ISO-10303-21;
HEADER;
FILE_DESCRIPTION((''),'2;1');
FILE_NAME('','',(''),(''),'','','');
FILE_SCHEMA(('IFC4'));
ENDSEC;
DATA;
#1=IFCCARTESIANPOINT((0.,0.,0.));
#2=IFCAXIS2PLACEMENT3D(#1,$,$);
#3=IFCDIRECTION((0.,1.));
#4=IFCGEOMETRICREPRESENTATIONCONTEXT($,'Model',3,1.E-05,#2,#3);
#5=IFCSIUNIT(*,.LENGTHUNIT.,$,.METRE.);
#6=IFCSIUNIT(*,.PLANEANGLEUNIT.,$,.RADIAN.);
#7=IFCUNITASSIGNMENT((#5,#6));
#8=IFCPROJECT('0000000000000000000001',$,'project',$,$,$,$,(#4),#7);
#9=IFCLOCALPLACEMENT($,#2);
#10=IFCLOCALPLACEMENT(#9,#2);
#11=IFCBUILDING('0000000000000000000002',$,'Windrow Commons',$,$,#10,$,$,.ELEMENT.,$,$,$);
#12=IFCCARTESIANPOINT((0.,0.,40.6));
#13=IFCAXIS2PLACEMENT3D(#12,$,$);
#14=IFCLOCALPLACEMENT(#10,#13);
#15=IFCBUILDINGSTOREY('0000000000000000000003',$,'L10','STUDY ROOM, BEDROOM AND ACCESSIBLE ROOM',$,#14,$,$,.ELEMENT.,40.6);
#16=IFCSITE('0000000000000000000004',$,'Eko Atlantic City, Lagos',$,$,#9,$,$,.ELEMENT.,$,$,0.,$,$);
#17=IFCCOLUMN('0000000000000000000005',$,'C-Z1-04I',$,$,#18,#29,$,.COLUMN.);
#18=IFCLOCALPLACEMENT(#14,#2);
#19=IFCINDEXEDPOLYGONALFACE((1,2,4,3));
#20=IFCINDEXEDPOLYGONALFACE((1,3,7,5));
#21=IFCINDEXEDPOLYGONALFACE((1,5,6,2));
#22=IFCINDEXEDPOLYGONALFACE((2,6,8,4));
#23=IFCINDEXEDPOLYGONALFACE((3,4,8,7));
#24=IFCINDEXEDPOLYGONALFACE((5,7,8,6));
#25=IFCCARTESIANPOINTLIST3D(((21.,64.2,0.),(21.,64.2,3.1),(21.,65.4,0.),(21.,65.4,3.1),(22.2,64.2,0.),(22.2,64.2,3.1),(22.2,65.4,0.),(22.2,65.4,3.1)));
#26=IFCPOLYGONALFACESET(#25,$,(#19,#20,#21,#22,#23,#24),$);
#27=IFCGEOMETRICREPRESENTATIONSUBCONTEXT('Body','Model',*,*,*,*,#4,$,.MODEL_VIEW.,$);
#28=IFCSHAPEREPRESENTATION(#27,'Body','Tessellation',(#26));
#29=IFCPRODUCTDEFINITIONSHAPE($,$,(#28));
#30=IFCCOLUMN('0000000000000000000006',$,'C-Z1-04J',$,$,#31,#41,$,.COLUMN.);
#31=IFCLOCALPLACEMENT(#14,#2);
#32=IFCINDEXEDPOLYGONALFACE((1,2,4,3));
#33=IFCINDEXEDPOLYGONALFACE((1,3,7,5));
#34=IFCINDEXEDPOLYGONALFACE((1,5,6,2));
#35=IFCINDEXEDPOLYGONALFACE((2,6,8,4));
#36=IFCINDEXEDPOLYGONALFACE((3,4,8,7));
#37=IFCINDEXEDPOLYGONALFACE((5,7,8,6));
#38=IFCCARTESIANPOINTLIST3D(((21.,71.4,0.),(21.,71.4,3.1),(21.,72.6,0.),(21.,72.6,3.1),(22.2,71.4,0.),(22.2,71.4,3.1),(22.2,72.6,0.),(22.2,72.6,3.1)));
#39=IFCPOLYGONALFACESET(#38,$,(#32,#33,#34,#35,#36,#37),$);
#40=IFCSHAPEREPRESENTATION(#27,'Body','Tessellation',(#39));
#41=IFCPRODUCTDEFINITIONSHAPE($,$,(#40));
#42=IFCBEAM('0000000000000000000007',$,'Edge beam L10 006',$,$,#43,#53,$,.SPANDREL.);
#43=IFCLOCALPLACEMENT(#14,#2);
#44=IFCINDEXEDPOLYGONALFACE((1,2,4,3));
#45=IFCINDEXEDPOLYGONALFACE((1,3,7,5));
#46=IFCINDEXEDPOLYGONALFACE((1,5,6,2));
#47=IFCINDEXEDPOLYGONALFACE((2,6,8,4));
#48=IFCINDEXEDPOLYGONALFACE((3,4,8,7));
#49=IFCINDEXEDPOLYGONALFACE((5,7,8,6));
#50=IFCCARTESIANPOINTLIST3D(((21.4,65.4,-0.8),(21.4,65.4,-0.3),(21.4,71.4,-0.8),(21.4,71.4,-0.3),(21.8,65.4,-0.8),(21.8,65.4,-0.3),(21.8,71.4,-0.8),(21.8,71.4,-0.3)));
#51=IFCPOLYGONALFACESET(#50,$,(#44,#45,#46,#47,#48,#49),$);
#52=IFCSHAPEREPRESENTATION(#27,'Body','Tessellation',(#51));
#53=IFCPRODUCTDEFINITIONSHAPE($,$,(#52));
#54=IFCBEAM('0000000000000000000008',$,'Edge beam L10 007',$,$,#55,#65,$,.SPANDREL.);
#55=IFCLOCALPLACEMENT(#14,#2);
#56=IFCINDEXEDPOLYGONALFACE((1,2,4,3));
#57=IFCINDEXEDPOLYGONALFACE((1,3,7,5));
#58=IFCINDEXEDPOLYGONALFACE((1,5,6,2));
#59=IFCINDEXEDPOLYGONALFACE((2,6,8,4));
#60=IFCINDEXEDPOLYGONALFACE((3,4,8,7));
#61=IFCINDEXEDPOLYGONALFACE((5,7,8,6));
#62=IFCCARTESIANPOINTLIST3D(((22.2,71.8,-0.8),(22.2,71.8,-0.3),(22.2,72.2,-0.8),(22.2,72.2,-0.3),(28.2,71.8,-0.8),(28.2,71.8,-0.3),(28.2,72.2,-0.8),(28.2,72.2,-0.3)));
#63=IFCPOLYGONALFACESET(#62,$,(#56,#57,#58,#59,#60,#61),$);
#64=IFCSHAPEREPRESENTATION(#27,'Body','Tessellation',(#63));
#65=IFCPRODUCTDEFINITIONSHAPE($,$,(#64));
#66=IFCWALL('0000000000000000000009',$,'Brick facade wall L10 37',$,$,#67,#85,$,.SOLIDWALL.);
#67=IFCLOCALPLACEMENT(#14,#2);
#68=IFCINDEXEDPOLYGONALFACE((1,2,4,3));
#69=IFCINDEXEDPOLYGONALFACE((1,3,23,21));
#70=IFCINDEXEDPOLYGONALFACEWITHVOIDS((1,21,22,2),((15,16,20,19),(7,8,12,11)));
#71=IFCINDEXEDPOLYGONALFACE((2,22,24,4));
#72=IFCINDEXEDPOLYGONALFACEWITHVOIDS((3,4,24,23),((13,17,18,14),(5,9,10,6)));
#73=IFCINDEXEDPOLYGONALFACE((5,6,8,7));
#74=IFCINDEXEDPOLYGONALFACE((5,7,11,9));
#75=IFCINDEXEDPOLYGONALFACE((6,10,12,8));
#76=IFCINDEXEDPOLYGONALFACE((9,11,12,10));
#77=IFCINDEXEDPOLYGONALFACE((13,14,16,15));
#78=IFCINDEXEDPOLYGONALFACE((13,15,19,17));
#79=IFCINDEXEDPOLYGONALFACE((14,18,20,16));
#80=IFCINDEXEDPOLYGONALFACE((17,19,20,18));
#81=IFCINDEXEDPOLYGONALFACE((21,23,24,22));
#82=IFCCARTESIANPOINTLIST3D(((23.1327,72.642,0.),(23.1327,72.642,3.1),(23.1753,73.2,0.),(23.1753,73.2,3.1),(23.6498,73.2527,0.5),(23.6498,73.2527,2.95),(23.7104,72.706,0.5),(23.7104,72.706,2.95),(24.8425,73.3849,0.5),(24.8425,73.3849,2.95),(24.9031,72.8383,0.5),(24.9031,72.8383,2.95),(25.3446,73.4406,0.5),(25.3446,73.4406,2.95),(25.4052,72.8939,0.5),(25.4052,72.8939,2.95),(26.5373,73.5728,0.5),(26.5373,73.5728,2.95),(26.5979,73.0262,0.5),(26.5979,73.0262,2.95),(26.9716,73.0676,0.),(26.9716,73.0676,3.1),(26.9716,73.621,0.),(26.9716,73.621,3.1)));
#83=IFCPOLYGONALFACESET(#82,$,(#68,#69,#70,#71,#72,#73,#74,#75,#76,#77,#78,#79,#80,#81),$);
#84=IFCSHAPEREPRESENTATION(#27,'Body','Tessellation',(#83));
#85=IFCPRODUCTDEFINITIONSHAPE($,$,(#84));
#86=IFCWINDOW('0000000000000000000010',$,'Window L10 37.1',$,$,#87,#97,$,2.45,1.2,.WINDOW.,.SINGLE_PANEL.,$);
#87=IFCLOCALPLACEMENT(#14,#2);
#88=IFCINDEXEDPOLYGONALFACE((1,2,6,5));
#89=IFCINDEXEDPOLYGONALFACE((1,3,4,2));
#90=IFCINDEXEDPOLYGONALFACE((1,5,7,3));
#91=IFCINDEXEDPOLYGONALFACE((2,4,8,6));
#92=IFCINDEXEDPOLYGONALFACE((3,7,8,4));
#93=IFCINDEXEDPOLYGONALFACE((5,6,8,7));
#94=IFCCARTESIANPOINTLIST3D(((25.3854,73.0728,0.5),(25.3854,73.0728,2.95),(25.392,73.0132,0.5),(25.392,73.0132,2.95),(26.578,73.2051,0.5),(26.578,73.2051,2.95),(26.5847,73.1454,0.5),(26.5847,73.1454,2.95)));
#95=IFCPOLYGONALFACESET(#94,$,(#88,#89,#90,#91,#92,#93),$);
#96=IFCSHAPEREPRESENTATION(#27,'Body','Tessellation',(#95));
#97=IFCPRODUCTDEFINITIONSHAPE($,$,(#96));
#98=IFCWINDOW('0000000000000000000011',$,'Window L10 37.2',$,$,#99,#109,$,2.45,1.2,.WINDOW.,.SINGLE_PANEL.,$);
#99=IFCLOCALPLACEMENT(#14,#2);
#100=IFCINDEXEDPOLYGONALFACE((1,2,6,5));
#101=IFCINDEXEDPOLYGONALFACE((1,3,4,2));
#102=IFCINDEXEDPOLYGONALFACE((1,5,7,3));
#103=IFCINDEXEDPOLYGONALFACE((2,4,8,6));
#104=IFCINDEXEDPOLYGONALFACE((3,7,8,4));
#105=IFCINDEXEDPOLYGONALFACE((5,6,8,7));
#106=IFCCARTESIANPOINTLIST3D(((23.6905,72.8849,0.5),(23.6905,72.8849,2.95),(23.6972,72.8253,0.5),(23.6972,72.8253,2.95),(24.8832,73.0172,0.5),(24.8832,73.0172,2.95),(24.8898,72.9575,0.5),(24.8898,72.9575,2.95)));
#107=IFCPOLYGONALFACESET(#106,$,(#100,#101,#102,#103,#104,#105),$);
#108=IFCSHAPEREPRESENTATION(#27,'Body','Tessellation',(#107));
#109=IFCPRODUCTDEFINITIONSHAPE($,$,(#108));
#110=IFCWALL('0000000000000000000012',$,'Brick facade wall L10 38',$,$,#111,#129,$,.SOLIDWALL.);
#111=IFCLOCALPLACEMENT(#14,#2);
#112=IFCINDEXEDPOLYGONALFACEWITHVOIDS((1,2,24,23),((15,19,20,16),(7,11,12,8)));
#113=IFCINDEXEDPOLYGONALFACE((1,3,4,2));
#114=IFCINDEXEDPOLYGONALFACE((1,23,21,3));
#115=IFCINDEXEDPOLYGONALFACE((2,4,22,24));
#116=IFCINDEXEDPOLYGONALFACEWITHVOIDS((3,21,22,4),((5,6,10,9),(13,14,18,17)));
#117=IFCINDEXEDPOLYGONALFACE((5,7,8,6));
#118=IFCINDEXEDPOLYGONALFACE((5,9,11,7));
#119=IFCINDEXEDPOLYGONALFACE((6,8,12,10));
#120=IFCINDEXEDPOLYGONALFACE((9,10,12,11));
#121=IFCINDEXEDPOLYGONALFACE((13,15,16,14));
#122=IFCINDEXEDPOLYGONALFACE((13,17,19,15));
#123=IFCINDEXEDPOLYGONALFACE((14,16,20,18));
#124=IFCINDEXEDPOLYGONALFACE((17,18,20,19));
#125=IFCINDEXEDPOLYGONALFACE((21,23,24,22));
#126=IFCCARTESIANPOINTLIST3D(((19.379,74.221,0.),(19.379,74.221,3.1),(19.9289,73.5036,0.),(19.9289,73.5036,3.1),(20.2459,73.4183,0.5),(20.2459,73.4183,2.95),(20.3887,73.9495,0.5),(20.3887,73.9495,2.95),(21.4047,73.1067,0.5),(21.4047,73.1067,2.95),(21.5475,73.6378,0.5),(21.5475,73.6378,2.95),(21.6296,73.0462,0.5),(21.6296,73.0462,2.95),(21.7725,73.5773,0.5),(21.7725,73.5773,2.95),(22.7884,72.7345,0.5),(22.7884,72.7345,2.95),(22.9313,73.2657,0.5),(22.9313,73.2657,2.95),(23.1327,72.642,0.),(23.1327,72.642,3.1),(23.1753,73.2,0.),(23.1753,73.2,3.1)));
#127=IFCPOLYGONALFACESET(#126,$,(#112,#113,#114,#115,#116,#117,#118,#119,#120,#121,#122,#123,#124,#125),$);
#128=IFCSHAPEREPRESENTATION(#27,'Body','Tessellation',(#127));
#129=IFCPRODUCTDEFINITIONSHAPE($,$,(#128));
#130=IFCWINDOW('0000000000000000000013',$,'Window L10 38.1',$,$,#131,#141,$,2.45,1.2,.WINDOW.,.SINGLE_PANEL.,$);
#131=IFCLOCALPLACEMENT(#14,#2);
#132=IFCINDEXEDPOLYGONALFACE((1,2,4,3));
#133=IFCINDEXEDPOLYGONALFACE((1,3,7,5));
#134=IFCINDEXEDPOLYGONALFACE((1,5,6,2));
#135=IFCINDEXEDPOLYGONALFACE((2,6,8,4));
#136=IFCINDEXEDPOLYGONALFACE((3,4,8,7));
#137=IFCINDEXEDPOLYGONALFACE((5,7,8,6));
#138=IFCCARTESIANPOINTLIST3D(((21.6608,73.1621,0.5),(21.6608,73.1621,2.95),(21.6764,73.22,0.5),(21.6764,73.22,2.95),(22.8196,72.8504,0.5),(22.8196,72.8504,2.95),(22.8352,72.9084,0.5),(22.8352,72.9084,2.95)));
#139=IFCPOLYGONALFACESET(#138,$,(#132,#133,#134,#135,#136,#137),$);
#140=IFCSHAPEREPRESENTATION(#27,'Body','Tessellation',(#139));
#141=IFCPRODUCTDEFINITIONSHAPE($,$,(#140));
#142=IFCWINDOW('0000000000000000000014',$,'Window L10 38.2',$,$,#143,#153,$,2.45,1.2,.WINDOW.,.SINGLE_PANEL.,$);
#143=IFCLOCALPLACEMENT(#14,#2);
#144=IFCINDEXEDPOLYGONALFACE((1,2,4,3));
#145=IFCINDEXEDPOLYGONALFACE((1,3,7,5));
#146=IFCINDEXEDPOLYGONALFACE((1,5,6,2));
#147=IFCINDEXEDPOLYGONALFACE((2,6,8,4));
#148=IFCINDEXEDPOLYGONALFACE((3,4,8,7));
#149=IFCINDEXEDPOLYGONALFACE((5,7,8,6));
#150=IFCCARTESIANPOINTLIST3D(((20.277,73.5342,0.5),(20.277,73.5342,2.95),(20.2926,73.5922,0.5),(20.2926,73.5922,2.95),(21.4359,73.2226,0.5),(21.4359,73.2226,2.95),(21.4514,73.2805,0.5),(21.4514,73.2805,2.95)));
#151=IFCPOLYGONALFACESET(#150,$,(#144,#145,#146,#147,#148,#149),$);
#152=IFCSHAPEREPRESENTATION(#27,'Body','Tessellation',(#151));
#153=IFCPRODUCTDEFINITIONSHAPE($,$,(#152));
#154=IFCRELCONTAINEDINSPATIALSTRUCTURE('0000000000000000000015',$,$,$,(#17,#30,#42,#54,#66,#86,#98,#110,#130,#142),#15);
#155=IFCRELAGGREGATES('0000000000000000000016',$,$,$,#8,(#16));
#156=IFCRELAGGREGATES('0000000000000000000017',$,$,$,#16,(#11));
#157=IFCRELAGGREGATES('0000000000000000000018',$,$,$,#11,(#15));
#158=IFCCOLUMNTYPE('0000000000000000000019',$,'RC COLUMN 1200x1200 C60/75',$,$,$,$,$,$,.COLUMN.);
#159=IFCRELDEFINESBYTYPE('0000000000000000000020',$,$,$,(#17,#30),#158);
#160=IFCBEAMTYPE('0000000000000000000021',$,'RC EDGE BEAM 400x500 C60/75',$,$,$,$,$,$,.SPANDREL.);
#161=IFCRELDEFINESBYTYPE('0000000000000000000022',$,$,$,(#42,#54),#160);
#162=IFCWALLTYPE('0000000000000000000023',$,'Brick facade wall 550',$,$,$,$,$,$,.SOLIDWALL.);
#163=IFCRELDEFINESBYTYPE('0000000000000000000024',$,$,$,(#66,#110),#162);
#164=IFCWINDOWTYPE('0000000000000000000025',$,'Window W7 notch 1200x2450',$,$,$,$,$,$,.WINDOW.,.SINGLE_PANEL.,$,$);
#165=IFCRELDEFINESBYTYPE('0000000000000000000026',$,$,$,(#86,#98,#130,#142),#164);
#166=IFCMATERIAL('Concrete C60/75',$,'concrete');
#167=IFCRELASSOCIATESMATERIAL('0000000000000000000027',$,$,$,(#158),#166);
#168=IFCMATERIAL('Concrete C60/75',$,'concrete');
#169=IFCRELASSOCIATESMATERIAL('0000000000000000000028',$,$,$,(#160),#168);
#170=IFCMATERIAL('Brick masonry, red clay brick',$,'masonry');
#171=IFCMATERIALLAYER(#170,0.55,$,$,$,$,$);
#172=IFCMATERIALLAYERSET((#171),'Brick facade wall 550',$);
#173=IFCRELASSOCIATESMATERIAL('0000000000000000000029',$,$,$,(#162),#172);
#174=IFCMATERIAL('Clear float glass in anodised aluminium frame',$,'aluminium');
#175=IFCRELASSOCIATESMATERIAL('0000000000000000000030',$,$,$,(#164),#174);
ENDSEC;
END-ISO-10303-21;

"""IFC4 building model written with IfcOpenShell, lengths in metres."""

from ifc_helpers import new_model, si_unit, direction, frame, frame_2d, origin, origin_2d, place, context, subcontext, project, spatial, polyline, rectangle, outline, extrude, material, layer, layer_set, material_profile, profile_set, type_object, element, fill, save


model = new_model("IFC4")

# Units and contexts
model_context = context("Model", 3, precision=1e-05, world=origin(), true_north=direction((0.0, 1.0)))
body_context = subcontext(model_context, "Body", "Model", "MODEL_VIEW")
ifc_project = project(units=[si_unit("LENGTHUNIT", "METRE"), si_unit("PLANEANGLEUNIT", "RADIAN")], contexts=[model_context])

# Site, building, storey
site_placement = place(None, origin())
site = spatial("IfcSite", under=ifc_project, at=site_placement, Name="Eko Atlantic City, Lagos", CompositionType="ELEMENT", RefElevation=0.0)
building_placement = place(site_placement, origin())
building = spatial("IfcBuilding", under=site, at=building_placement, Name="Windrow Commons", CompositionType="ELEMENT")
storey_placement = place(building_placement, frame((0.0, 0.0, 40.6)))
storey = spatial("IfcBuildingStorey", under=building, at=storey_placement, Name="L10", Description="STUDY ROOM, BEDROOM AND ACCESSIBLE ROOM", CompositionType="ELEMENT", Elevation=40.6)

# Columns
ifc_material_1 = material(Name="Concrete C60/75", Category="concrete")
ifc_material_profile_1 = material_profile(ifc_material_1, rectangle(XDim=1.2, YDim=1.2, at=origin_2d()))
ifc_profile_set_1 = profile_set([ifc_material_profile_1], Name="Concrete C60/75")
column_type = type_object("IfcColumnType", Name="RC COLUMN 1200x1200 C60/75", PredefinedType="COLUMN", material=ifc_profile_set_1)
for number, where, z_axis, x_axis, name in (
    (1, (21.6, 64.8, 0.0), (0.0, 0.0, 1.0), (1.0, 0.0, 0.0), "C-Z1-04I"),
    (2, (21.6, 72.0, 0.0), (0.0, 0.0, 1.0), (1.0, 0.0, 0.0), "C-Z1-04J"),
):
    element("IfcColumn", number, at=place(storey_placement, frame(where, z_axis=z_axis, x_axis=x_axis)), inside=storey, type_object=column_type, Name=name, PredefinedType="COLUMN", context=body_context, shape_type="SweptSolid", body=[
        extrude(rectangle(XDim=1.2, YDim=1.2, at=origin_2d()), origin(), (0.0, 0.0, 1.0), 3.1),
    ])

# Beams
ifc_material_2 = material(Name="Concrete C60/75", Category="concrete")
ifc_material_profile_2 = material_profile(ifc_material_2, rectangle(XDim=0.4, YDim=0.5, at=origin_2d()))
ifc_profile_set_2 = profile_set([ifc_material_profile_2], Name="Concrete C60/75")
beam_type = type_object("IfcBeamType", Name="RC EDGE BEAM 400x500 C60/75", PredefinedType="SPANDREL", material=ifc_profile_set_2)
for number, where, z_axis, x_axis, name in (
    (3, (21.6, 65.4, -0.55), (0.0, 1.0, 0.0), (-1.0, 0.0, 0.0), "Edge beam L10 006"),
    (4, (22.2, 72.0, -0.55), (1.0, 0.0, 0.0), (0.0, 1.0, 0.0), "Edge beam L10 007"),
):
    element("IfcBeam", number, at=place(storey_placement, frame(where, z_axis=z_axis, x_axis=x_axis)), inside=storey, type_object=beam_type, Name=name, PredefinedType="SPANDREL", context=body_context, shape_type="SweptSolid", body=[
        extrude(rectangle(XDim=0.4, YDim=0.5, at=origin_2d()), origin(), (0.0, 0.0, 1.0), 6.0),
    ])

# Walls, openings, windows
ifc_material_3 = material(Name="Brick masonry, red clay brick", Category="masonry")
ifc_layer_1 = layer(ifc_material_3, 0.55)
ifc_layer_set_1 = layer_set([ifc_layer_1], Name="Brick facade wall 550")
wall_type_1 = type_object("IfcWallType", Name="Brick facade wall 550", PredefinedType="SOLIDWALL", material=ifc_layer_set_1)
wall_1_placement = place(storey_placement, frame((26.9716, 73.3443, 0.0), z_axis=(0.0, 0.0, 1.0), x_axis=(-0.993909, -0.110206, 0.0)))
wall_1 = element("IfcWall", 5, at=wall_1_placement, inside=storey, type_object=wall_type_1, Name="Brick facade wall L10 37", PredefinedType="SOLIDWALL", context=body_context, shape_type="SweptSolid", body=[
    extrude(outline(polyline([(-0.0305, -0.275), (3.7891, -0.275), (3.8929, 0.275), (0.0305, 0.275), (-0.0305, -0.275)])), origin(), (0.0, 0.0, 1.0), 3.1),
])
opening_1_placement = place(wall_1_placement, frame((0.4065, 0.0, 0.5)))
opening_1 = element("IfcOpeningElement", 6, at=opening_1_placement, cuts=wall_1, PredefinedType="OPENING", context=body_context, shape_type="SweptSolid", body=[
    extrude(rectangle(XDim=1.2, YDim=2.45, at=frame_2d((0.6, 1.225))), frame((0.0, 0.285, 0.0), z_axis=(0.0, -1.0, 0.0), x_axis=(1.0, 0.0, 0.0)), (0.0, 0.0, 1.0), 0.57),
])
opening_2_placement = place(wall_1_placement, frame((2.1117, 0.0, 0.5)))
opening_2 = element("IfcOpeningElement", 7, at=opening_2_placement, cuts=wall_1, PredefinedType="OPENING", context=body_context, shape_type="SweptSolid", body=[
    extrude(rectangle(XDim=1.2, YDim=2.45, at=frame_2d((0.6, 1.225))), frame((0.0, 0.285, 0.0), z_axis=(0.0, -1.0, 0.0), x_axis=(1.0, 0.0, 0.0)), (0.0, 0.0, 1.0), 0.57),
])
ifc_material_4 = material(Name="Clear float glass in anodised aluminium frame", Category="aluminium")
window_type_1 = type_object("IfcWindowType", Name="Window W7 notch 1200x2450", PartitioningType="SINGLE_PANEL", PredefinedType="WINDOW", material=ifc_material_4)
window_1_placement = place(opening_1_placement, origin())
window_1 = element("IfcWindow", 8, at=window_1_placement, inside=storey, type_object=window_type_1, Name="Window L10 37.1", OverallHeight=2.45, OverallWidth=1.2, PartitioningType="SINGLE_PANEL", PredefinedType="WINDOW", context=body_context, shape_type="SweptSolid", body=[
    extrude(rectangle(XDim=1.2, YDim=2.45, at=frame_2d((0.6, 1.225))), frame((0.0, 0.155, 0.0), z_axis=(0.0, -1.0, 0.0), x_axis=(1.0, 0.0, 0.0)), (0.0, 0.0, 1.0), 0.06),
])
fill(opening_1, window_1)
window_2_placement = place(opening_2_placement, origin())
window_2 = element("IfcWindow", 9, at=window_2_placement, inside=storey, type_object=window_type_1, Name="Window L10 37.2", OverallHeight=2.45, OverallWidth=1.2, PartitioningType="SINGLE_PANEL", PredefinedType="WINDOW", context=body_context, shape_type="SweptSolid", body=[
    extrude(rectangle(XDim=1.2, YDim=2.45, at=frame_2d((0.6, 1.225))), frame((0.0, 0.155, 0.0), z_axis=(0.0, -1.0, 0.0), x_axis=(1.0, 0.0, 0.0)), (0.0, 0.0, 1.0), 0.06),
])
fill(opening_2, window_2)
wall_2_placement = place(storey_placement, frame((23.154, 72.921, 0.0), z_axis=(0.0, 0.0, 1.0), x_axis=(-0.965686, 0.259714, 0.0)))
wall_2 = element("IfcWall", 10, at=wall_2_placement, inside=storey, type_object=wall_type_1, Name="Brick facade wall L10 38", PredefinedType="SOLIDWALL", context=body_context, shape_type="SweptSolid", body=[
    extrude(outline(polyline([(0.0519, -0.275), (3.9831, -0.275), (3.2657, 0.275), (-0.0519, 0.275), (0.0519, -0.275)])), origin(), (0.0, 0.0, 1.0), 3.1),
])
opening_3_placement = place(wall_2_placement, frame((0.3046, 0.0, 0.5)))
opening_3 = element("IfcOpeningElement", 11, at=opening_3_placement, cuts=wall_2, PredefinedType="OPENING", context=body_context, shape_type="SweptSolid", body=[
    extrude(rectangle(XDim=1.2, YDim=2.45, at=frame_2d((0.6, 1.225))), frame((0.0, 0.285, 0.0), z_axis=(0.0, -1.0, 0.0), x_axis=(1.0, 0.0, 0.0)), (0.0, 0.0, 1.0), 0.57),
])
opening_4_placement = place(wall_2_placement, frame((1.7375, 0.0, 0.5)))
opening_4 = element("IfcOpeningElement", 12, at=opening_4_placement, cuts=wall_2, PredefinedType="OPENING", context=body_context, shape_type="SweptSolid", body=[
    extrude(rectangle(XDim=1.2, YDim=2.45, at=frame_2d((0.6, 1.225))), frame((0.0, 0.285, 0.0), z_axis=(0.0, -1.0, 0.0), x_axis=(1.0, 0.0, 0.0)), (0.0, 0.0, 1.0), 0.57),
])
window_3_placement = place(opening_3_placement, origin())
window_3 = element("IfcWindow", 13, at=window_3_placement, inside=storey, type_object=window_type_1, Name="Window L10 38.1", OverallHeight=2.45, OverallWidth=1.2, PartitioningType="SINGLE_PANEL", PredefinedType="WINDOW", context=body_context, shape_type="SweptSolid", body=[
    extrude(rectangle(XDim=1.2, YDim=2.45, at=frame_2d((0.6, 1.225))), frame((0.0, 0.155, 0.0), z_axis=(0.0, -1.0, 0.0), x_axis=(1.0, 0.0, 0.0)), (0.0, 0.0, 1.0), 0.06),
])
fill(opening_3, window_3)
window_4_placement = place(opening_4_placement, origin())
window_4 = element("IfcWindow", 14, at=window_4_placement, inside=storey, type_object=window_type_1, Name="Window L10 38.2", OverallHeight=2.45, OverallWidth=1.2, PartitioningType="SINGLE_PANEL", PredefinedType="WINDOW", context=body_context, shape_type="SweptSolid", body=[
    extrude(rectangle(XDim=1.2, YDim=2.45, at=frame_2d((0.6, 1.225))), frame((0.0, 0.155, 0.0), z_axis=(0.0, -1.0, 0.0), x_axis=(1.0, 0.0, 0.0)), (0.0, 0.0, 1.0), 0.06),
])
fill(opening_4, window_4)

save(model, "model.ifc")
